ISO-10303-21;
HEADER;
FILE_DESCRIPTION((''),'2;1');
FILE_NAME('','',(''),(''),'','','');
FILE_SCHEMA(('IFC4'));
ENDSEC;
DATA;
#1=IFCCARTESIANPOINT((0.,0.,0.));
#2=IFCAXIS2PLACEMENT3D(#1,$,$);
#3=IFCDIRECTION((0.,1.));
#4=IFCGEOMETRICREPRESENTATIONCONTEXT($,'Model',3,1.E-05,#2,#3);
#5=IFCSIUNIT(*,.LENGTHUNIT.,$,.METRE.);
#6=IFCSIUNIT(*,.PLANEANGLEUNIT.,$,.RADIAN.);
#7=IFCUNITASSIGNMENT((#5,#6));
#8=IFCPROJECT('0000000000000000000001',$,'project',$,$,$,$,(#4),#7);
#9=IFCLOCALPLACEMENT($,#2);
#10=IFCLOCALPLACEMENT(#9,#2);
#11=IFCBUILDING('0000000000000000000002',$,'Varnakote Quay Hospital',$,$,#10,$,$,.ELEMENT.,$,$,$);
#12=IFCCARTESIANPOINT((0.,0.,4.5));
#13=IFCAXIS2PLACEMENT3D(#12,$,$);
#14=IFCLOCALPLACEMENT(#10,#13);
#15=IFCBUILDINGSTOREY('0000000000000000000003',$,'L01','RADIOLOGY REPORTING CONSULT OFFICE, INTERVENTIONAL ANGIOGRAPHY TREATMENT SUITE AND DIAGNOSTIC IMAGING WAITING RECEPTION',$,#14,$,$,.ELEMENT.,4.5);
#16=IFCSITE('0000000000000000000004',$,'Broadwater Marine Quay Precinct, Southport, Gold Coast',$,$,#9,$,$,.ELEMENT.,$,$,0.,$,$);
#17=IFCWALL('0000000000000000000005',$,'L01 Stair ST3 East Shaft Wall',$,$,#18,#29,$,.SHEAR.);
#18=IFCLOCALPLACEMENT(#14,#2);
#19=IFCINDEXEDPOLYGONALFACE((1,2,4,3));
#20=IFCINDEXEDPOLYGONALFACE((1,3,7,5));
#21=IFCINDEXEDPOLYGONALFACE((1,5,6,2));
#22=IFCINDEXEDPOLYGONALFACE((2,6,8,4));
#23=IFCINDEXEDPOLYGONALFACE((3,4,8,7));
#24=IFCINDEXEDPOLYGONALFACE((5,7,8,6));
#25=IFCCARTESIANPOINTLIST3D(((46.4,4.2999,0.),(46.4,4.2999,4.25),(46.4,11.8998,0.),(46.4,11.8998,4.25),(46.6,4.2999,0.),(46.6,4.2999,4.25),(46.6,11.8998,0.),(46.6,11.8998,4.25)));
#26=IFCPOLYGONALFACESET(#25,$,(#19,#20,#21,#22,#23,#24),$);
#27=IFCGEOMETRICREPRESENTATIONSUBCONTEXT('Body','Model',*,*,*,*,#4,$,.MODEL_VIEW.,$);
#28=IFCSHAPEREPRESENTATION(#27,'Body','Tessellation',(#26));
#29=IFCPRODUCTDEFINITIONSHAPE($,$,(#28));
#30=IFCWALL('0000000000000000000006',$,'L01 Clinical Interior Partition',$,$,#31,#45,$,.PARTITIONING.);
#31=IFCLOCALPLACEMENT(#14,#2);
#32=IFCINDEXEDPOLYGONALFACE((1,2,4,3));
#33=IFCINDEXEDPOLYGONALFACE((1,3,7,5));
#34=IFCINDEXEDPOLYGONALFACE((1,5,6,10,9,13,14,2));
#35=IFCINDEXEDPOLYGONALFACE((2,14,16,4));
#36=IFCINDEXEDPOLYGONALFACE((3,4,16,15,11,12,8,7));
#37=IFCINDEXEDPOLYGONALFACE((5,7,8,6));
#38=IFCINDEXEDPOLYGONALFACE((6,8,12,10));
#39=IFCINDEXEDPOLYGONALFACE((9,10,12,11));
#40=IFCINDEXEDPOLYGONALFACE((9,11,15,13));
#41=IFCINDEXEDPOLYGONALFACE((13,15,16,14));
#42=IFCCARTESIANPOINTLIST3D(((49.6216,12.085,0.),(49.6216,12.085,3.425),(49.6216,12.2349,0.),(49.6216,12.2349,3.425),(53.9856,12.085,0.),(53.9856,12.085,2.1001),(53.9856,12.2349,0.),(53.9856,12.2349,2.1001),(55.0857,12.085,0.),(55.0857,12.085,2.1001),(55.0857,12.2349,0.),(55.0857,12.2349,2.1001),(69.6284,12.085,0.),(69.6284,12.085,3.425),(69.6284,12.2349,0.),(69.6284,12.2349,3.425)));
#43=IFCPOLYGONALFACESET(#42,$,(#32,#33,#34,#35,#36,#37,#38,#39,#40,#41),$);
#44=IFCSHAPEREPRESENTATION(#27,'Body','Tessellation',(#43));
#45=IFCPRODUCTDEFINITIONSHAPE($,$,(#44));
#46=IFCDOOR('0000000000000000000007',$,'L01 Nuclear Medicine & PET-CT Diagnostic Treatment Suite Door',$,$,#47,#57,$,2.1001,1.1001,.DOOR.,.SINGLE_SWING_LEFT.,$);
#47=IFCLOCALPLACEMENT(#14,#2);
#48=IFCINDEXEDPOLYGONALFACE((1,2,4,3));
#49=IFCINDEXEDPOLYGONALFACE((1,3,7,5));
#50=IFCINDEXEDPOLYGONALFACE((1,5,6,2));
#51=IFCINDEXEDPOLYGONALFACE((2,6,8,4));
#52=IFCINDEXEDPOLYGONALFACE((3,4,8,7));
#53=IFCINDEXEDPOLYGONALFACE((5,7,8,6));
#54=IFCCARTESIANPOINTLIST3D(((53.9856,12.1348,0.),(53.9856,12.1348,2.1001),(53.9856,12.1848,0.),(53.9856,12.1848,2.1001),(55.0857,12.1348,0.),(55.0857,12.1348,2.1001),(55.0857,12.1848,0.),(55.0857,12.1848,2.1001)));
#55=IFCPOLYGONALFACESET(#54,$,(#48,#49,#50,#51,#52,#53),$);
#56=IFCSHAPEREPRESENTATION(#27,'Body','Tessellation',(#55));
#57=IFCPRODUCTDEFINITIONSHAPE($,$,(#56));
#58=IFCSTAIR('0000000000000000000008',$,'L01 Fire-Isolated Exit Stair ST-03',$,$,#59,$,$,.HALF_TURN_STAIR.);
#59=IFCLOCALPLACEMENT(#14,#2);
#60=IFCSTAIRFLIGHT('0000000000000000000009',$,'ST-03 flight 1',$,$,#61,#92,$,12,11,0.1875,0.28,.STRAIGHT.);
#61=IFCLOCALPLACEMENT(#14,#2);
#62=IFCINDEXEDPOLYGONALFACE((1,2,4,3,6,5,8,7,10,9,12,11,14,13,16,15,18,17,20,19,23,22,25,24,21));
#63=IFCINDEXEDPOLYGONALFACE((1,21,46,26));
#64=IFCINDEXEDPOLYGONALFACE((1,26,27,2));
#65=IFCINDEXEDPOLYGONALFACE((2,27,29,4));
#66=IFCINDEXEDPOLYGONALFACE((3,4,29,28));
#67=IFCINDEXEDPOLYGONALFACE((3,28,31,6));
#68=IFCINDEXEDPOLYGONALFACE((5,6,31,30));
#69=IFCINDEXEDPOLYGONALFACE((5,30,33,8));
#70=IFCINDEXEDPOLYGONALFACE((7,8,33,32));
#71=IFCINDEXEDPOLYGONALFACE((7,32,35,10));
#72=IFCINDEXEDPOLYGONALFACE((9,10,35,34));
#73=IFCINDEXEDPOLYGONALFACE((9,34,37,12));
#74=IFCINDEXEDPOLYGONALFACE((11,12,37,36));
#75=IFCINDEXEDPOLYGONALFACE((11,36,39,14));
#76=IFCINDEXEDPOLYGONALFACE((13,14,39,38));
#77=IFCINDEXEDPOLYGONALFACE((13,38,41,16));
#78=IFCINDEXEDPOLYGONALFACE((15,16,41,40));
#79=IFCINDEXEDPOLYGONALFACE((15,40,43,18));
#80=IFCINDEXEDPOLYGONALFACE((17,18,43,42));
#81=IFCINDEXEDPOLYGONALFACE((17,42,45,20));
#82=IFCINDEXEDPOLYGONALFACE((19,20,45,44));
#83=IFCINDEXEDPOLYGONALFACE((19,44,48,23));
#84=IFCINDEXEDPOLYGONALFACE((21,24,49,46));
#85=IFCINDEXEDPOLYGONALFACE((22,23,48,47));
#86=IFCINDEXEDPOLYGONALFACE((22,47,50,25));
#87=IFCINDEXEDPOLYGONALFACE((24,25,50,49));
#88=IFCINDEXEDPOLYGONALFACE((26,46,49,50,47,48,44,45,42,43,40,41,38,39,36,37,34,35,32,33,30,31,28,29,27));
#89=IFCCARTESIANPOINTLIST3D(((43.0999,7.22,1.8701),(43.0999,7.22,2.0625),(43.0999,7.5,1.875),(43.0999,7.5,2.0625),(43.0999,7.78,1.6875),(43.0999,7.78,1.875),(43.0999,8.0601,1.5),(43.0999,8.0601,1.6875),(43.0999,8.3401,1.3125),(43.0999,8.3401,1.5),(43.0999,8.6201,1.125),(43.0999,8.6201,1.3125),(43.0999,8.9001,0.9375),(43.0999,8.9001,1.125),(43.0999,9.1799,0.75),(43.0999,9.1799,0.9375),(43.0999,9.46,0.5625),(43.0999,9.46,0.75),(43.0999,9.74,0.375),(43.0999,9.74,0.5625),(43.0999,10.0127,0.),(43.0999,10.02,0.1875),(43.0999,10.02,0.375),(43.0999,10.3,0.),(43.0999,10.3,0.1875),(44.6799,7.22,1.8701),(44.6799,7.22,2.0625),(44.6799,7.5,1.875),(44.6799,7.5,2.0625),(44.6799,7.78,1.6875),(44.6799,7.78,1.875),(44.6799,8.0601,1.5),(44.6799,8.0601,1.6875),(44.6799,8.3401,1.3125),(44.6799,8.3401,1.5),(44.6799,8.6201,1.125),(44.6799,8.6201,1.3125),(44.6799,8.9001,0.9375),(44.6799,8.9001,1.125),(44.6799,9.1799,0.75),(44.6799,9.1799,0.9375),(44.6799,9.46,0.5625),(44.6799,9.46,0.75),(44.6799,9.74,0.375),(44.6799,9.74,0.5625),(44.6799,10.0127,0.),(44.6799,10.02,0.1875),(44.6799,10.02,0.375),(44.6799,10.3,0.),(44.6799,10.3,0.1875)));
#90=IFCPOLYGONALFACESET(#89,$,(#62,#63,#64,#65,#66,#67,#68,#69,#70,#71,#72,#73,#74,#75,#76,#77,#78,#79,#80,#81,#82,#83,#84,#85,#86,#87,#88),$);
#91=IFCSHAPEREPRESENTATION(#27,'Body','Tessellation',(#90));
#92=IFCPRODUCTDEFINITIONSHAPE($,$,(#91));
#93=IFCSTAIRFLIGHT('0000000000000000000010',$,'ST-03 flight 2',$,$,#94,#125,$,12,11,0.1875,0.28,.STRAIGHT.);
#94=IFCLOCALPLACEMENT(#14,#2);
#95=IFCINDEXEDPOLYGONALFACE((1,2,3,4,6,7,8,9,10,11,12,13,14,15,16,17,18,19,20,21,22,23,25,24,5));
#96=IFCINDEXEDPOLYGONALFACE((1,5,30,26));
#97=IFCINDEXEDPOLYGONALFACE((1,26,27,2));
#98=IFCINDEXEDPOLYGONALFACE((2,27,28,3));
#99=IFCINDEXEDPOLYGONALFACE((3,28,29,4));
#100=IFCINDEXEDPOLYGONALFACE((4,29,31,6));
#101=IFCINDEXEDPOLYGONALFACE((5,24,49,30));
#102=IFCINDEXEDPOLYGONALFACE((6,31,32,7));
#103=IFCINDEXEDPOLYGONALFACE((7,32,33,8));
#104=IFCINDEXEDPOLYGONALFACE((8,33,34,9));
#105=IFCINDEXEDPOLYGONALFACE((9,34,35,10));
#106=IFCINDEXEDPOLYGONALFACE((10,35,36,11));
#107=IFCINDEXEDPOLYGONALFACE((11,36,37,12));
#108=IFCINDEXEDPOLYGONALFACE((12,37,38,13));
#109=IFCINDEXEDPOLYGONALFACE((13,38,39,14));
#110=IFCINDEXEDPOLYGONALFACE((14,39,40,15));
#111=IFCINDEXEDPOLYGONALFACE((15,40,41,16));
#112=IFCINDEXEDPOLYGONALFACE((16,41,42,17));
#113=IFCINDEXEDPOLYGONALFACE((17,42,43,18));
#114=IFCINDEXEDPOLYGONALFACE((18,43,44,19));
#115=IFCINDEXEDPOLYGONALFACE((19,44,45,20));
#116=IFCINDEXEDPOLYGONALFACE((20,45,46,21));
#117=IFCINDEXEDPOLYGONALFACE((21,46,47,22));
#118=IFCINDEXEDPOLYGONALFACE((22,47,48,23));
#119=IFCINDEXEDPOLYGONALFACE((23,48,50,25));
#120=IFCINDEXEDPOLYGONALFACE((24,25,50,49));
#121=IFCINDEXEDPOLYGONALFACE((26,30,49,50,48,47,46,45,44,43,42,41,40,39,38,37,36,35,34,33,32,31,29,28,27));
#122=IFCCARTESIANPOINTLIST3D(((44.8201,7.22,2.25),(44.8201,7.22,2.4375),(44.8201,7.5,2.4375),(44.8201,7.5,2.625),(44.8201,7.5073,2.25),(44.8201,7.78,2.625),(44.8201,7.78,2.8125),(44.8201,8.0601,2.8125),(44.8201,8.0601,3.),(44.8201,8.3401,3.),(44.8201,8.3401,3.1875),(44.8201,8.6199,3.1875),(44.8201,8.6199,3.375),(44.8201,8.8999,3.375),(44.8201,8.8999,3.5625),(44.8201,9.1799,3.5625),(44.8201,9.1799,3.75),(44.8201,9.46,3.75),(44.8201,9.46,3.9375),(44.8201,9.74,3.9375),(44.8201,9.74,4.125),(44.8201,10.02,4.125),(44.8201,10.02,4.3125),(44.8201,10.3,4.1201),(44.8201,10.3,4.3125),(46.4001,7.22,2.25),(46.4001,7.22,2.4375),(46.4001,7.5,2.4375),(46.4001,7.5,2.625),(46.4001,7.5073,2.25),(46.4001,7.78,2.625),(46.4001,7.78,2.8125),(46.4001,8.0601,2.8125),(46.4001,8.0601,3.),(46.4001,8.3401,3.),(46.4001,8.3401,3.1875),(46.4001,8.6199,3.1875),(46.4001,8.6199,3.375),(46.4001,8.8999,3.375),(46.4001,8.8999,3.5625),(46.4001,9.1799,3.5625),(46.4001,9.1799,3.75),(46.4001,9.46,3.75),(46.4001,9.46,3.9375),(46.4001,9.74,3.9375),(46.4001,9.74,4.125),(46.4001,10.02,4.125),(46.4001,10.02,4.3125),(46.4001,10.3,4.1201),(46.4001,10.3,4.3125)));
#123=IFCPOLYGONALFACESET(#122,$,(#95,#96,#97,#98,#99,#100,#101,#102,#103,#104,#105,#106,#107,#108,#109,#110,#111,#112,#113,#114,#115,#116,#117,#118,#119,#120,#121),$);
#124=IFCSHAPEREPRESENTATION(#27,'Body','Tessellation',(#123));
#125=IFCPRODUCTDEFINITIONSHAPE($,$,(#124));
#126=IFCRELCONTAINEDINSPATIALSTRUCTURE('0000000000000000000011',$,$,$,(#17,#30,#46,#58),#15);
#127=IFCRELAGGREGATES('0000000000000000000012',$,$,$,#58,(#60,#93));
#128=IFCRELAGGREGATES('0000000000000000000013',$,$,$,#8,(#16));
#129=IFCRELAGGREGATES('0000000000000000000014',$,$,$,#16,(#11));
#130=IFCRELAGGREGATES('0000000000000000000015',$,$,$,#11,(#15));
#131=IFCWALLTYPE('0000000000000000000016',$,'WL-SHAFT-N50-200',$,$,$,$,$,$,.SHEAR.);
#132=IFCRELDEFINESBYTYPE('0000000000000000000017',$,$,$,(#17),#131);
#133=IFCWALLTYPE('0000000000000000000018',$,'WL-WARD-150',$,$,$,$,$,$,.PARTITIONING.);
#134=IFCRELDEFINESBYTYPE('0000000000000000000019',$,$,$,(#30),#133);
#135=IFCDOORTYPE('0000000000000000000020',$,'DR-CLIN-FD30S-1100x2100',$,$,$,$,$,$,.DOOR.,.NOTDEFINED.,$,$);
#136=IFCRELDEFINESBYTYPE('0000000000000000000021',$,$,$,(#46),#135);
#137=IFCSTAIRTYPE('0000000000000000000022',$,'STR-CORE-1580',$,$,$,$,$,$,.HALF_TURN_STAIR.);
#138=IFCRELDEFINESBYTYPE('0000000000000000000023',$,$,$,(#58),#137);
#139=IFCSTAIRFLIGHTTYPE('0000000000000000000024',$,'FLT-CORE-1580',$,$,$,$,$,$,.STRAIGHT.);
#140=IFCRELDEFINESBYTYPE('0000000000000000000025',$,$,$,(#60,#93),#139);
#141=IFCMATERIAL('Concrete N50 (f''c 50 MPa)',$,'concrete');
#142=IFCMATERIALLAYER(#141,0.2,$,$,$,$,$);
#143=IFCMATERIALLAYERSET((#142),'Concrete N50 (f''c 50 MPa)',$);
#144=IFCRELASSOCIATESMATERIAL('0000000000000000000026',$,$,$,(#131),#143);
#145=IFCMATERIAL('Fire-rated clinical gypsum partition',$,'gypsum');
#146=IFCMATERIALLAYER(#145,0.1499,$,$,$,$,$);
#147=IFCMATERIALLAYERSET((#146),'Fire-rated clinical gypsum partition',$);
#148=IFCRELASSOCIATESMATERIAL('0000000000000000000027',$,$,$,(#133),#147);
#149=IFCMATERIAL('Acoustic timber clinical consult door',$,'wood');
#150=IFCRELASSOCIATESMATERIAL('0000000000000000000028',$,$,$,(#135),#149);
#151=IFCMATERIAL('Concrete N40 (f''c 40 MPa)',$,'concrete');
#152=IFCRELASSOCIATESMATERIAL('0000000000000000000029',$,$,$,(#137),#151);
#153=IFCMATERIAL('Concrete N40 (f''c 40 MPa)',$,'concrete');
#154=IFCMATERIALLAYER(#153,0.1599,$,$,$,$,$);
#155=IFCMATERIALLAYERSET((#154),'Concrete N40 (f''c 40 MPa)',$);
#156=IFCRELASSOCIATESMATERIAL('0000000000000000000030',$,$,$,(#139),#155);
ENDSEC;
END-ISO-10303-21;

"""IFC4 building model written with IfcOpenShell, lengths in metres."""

from ifc_helpers import new_model, si_unit, direction, frame, frame_2d, origin, place, context, subcontext, project, spatial, polyline, rectangle, outline, extrude, material, layer, layer_set, type_object, element, fill, aggregate, save


model = new_model("IFC4")

# Units and contexts
model_context = context("Model", 3, precision=1e-05, world=origin(), true_north=direction((0.0, 1.0)))
body_context = subcontext(model_context, "Body", "Model", "MODEL_VIEW")
ifc_project = project(units=[si_unit("LENGTHUNIT", "METRE"), si_unit("PLANEANGLEUNIT", "RADIAN")], contexts=[model_context])

# Site, building, storey
site_placement = place(None, origin())
site = spatial("IfcSite", under=ifc_project, at=site_placement, Name="Broadwater Marine Quay Precinct, Southport, Gold Coast", CompositionType="ELEMENT", RefElevation=0.0)
building_placement = place(site_placement, origin())
building = spatial("IfcBuilding", under=site, at=building_placement, Name="Varnakote Quay Hospital", CompositionType="ELEMENT")
storey_placement = place(building_placement, frame((0.0, 0.0, 4.5)))
storey = spatial("IfcBuildingStorey", under=building, at=storey_placement, Name="L01", Description="RADIOLOGY REPORTING CONSULT OFFICE, INTERVENTIONAL ANGIOGRAPHY TREATMENT SUITE AND DIAGNOSTIC IMAGING WAITING RECEPTION", CompositionType="ELEMENT", Elevation=4.5)

# Wall
ifc_material_1 = material(Name="Concrete N50 (f'c 50 MPa)", Category="concrete")
ifc_layer_1 = layer(ifc_material_1, 0.2)
ifc_layer_set_1 = layer_set([ifc_layer_1], Name="Concrete N50 (f'c 50 MPa)")
wall_type_1 = type_object("IfcWallType", Name="WL-SHAFT-N50-200", PredefinedType="SHEAR", material=ifc_layer_set_1)
for number, where, z_axis, x_axis, name in (
    (1, (46.5, 4.3, 0.0), (0.0, 0.0, 1.0), (0.0, 1.0, 0.0), "L01 Stair ST3 East Shaft Wall"),
):
    element("IfcWall", number, at=place(storey_placement, frame(where, z_axis=z_axis, x_axis=x_axis)), inside=storey, type_object=wall_type_1, Name=name, PredefinedType="SHEAR", context=body_context, shape_type="SweptSolid", body=[
        extrude(rectangle(XDim=7.5999, YDim=0.2, at=frame_2d((3.7998, 0.0))), origin(), (0.0, 0.0, 1.0), 4.25),
    ])

# Wall, opening, door
ifc_material_2 = material(Name="Fire-rated clinical gypsum partition", Category="gypsum")
ifc_layer_2 = layer(ifc_material_2, 0.1499)
ifc_layer_set_2 = layer_set([ifc_layer_2], Name="Fire-rated clinical gypsum partition")
wall_type_2 = type_object("IfcWallType", Name="WL-WARD-150", PredefinedType="PARTITIONING", material=ifc_layer_set_2)
wall_1_placement = place(storey_placement, frame((49.6216, 12.1599, 0.0), z_axis=(0.0, 0.0, 1.0), x_axis=(1.0, 0.0, 0.0)))
wall_1 = element("IfcWall", 2, at=wall_1_placement, inside=storey, type_object=wall_type_2, Name="L01 Clinical Interior Partition", PredefinedType="PARTITIONING", context=body_context, shape_type="SweptSolid", body=[
    extrude(rectangle(XDim=20.0068, YDim=0.1499, at=frame_2d((10.0034, 0.0))), origin(), (0.0, 0.0, 1.0), 3.425),
])
opening_1_placement = place(wall_1_placement, frame((4.364, 0.0, 0.0)))
opening_1 = element("IfcOpeningElement", 3, at=opening_1_placement, cuts=wall_1, PredefinedType="OPENING", context=body_context, shape_type="SweptSolid", body=[
    extrude(rectangle(XDim=1.1001, YDim=2.1001, at=frame_2d((0.55, 1.05))), frame((0.0, 0.085, 0.0), z_axis=(0.0, -1.0, 0.0), x_axis=(1.0, 0.0, 0.0)), (0.0, 0.0, 1.0), 0.1699),
])
ifc_material_3 = material(Name="Acoustic timber clinical consult door", Category="wood")
door_type_1 = type_object("IfcDoorType", Name="DR-CLIN-FD30S-1100x2100", OperationType="NOTDEFINED", PredefinedType="DOOR", material=ifc_material_3)
door_1_placement = place(opening_1_placement, origin())
door_1 = element("IfcDoor", 4, at=door_1_placement, inside=storey, type_object=door_type_1, Name="L01 Nuclear Medicine & PET-CT Diagnostic Treatment Suite Door", OperationType="SINGLE_SWING_LEFT", OverallHeight=2.1001, OverallWidth=1.1001, PredefinedType="DOOR", context=body_context, shape_type="SweptSolid", body=[
    extrude(rectangle(XDim=1.1001, YDim=2.1001, at=frame_2d((0.55, 1.05))), frame((0.0, 0.0249, 0.0), z_axis=(0.0, -1.0, 0.0), x_axis=(1.0, 0.0, 0.0)), (0.0, 0.0, 1.0), 0.05),
])
fill(opening_1, door_1)

# Stair, stair flights
ifc_material_4 = material(Name="Concrete N40 (f'c 40 MPa)", Category="concrete")
stair_type = type_object("IfcStairType", Name="STR-CORE-1580", PredefinedType="HALF_TURN_STAIR", material=ifc_material_4)
stair_placement = place(storey_placement, origin())
stair = element("IfcStair", 5, at=stair_placement, inside=storey, type_object=stair_type, Name="L01 Fire-Isolated Exit Stair ST-03", PredefinedType="HALF_TURN_STAIR")
ifc_material_5 = material(Name="Concrete N40 (f'c 40 MPa)", Category="concrete")
ifc_layer_3 = layer(ifc_material_5, 0.1599)
ifc_layer_set_3 = layer_set([ifc_layer_3], Name="Concrete N40 (f'c 40 MPa)")
stair_flight_type = type_object("IfcStairFlightType", Name="FLT-CORE-1580", PredefinedType="STRAIGHT", material=ifc_layer_set_3)
stair_flight_1_placement = place(storey_placement, frame((43.8899, 10.3, 0.0), z_axis=(0.0, 0.0, 1.0), x_axis=(0.0, -1.0, 0.0)))
stair_flight_1 = element("IfcStairFlight", 6, at=stair_flight_1_placement, type_object=stair_flight_type, Name="ST-03 flight 1", NumberOfRisers=12, NumberOfTreads=11, PredefinedType="STRAIGHT", RiserHeight=0.1875, TreadLength=0.28, context=body_context, shape_type="SweptSolid", body=[
    extrude(outline(polyline([(0.0, 0.0), (0.0, 0.1875), (0.28, 0.1875), (0.28, 0.375), (0.5601, 0.375), (0.5601, 0.5625), (0.8401, 0.5625), (0.8401, 0.75), (1.1201, 0.75), (1.1201, 0.9375), (1.3999, 0.9375), (1.3999, 1.125), (1.6799, 1.125), (1.6799, 1.3125), (1.96, 1.3125), (1.96, 1.5), (2.24, 1.5), (2.24, 1.6875), (2.52, 1.6875), (2.52, 1.875), (2.8, 1.875), (2.8, 2.0625), (3.0801, 2.0625), (3.0801, 2.25), (3.0801, 1.8701), (0.2874, 0.0), (0.0, 0.0)])), frame((0.0, 0.79, 0.0), z_axis=(0.0, -1.0, 0.0), x_axis=(1.0, 0.0, 0.0)), (0.0, 0.0, 1.0), 1.5801),
])
stair_flight_2_placement = place(storey_placement, frame((45.6101, 7.22, 2.25), z_axis=(0.0, 0.0, 1.0), x_axis=(0.0, 1.0, 0.0)))
stair_flight_2 = element("IfcStairFlight", 7, at=stair_flight_2_placement, type_object=stair_flight_type, Name="ST-03 flight 2", NumberOfRisers=12, NumberOfTreads=11, PredefinedType="STRAIGHT", RiserHeight=0.1875, TreadLength=0.28, context=body_context, shape_type="SweptSolid", body=[
    extrude(outline(polyline([(0.0, 0.0), (0.0, 0.1875), (0.28, 0.1875), (0.28, 0.375), (0.5601, 0.375), (0.5601, 0.5625), (0.8401, 0.5625), (0.8401, 0.75), (1.1201, 0.75), (1.1201, 0.9375), (1.3999, 0.9375), (1.3999, 1.125), (1.6799, 1.125), (1.6799, 1.3125), (1.96, 1.3125), (1.96, 1.5), (2.24, 1.5), (2.24, 1.6875), (2.52, 1.6875), (2.52, 1.875), (2.8, 1.875), (2.8, 2.0625), (3.0801, 2.0625), (3.0801, 2.25), (3.0801, 1.8701), (0.2874, 0.0), (0.0, 0.0)])), frame((0.0, 0.79, 0.0), z_axis=(0.0, -1.0, 0.0), x_axis=(1.0, 0.0, 0.0)), (0.0, 0.0, 1.0), 1.5801),
])
aggregate(stair, [stair_flight_1, stair_flight_2])

save(model, "model.ifc")
